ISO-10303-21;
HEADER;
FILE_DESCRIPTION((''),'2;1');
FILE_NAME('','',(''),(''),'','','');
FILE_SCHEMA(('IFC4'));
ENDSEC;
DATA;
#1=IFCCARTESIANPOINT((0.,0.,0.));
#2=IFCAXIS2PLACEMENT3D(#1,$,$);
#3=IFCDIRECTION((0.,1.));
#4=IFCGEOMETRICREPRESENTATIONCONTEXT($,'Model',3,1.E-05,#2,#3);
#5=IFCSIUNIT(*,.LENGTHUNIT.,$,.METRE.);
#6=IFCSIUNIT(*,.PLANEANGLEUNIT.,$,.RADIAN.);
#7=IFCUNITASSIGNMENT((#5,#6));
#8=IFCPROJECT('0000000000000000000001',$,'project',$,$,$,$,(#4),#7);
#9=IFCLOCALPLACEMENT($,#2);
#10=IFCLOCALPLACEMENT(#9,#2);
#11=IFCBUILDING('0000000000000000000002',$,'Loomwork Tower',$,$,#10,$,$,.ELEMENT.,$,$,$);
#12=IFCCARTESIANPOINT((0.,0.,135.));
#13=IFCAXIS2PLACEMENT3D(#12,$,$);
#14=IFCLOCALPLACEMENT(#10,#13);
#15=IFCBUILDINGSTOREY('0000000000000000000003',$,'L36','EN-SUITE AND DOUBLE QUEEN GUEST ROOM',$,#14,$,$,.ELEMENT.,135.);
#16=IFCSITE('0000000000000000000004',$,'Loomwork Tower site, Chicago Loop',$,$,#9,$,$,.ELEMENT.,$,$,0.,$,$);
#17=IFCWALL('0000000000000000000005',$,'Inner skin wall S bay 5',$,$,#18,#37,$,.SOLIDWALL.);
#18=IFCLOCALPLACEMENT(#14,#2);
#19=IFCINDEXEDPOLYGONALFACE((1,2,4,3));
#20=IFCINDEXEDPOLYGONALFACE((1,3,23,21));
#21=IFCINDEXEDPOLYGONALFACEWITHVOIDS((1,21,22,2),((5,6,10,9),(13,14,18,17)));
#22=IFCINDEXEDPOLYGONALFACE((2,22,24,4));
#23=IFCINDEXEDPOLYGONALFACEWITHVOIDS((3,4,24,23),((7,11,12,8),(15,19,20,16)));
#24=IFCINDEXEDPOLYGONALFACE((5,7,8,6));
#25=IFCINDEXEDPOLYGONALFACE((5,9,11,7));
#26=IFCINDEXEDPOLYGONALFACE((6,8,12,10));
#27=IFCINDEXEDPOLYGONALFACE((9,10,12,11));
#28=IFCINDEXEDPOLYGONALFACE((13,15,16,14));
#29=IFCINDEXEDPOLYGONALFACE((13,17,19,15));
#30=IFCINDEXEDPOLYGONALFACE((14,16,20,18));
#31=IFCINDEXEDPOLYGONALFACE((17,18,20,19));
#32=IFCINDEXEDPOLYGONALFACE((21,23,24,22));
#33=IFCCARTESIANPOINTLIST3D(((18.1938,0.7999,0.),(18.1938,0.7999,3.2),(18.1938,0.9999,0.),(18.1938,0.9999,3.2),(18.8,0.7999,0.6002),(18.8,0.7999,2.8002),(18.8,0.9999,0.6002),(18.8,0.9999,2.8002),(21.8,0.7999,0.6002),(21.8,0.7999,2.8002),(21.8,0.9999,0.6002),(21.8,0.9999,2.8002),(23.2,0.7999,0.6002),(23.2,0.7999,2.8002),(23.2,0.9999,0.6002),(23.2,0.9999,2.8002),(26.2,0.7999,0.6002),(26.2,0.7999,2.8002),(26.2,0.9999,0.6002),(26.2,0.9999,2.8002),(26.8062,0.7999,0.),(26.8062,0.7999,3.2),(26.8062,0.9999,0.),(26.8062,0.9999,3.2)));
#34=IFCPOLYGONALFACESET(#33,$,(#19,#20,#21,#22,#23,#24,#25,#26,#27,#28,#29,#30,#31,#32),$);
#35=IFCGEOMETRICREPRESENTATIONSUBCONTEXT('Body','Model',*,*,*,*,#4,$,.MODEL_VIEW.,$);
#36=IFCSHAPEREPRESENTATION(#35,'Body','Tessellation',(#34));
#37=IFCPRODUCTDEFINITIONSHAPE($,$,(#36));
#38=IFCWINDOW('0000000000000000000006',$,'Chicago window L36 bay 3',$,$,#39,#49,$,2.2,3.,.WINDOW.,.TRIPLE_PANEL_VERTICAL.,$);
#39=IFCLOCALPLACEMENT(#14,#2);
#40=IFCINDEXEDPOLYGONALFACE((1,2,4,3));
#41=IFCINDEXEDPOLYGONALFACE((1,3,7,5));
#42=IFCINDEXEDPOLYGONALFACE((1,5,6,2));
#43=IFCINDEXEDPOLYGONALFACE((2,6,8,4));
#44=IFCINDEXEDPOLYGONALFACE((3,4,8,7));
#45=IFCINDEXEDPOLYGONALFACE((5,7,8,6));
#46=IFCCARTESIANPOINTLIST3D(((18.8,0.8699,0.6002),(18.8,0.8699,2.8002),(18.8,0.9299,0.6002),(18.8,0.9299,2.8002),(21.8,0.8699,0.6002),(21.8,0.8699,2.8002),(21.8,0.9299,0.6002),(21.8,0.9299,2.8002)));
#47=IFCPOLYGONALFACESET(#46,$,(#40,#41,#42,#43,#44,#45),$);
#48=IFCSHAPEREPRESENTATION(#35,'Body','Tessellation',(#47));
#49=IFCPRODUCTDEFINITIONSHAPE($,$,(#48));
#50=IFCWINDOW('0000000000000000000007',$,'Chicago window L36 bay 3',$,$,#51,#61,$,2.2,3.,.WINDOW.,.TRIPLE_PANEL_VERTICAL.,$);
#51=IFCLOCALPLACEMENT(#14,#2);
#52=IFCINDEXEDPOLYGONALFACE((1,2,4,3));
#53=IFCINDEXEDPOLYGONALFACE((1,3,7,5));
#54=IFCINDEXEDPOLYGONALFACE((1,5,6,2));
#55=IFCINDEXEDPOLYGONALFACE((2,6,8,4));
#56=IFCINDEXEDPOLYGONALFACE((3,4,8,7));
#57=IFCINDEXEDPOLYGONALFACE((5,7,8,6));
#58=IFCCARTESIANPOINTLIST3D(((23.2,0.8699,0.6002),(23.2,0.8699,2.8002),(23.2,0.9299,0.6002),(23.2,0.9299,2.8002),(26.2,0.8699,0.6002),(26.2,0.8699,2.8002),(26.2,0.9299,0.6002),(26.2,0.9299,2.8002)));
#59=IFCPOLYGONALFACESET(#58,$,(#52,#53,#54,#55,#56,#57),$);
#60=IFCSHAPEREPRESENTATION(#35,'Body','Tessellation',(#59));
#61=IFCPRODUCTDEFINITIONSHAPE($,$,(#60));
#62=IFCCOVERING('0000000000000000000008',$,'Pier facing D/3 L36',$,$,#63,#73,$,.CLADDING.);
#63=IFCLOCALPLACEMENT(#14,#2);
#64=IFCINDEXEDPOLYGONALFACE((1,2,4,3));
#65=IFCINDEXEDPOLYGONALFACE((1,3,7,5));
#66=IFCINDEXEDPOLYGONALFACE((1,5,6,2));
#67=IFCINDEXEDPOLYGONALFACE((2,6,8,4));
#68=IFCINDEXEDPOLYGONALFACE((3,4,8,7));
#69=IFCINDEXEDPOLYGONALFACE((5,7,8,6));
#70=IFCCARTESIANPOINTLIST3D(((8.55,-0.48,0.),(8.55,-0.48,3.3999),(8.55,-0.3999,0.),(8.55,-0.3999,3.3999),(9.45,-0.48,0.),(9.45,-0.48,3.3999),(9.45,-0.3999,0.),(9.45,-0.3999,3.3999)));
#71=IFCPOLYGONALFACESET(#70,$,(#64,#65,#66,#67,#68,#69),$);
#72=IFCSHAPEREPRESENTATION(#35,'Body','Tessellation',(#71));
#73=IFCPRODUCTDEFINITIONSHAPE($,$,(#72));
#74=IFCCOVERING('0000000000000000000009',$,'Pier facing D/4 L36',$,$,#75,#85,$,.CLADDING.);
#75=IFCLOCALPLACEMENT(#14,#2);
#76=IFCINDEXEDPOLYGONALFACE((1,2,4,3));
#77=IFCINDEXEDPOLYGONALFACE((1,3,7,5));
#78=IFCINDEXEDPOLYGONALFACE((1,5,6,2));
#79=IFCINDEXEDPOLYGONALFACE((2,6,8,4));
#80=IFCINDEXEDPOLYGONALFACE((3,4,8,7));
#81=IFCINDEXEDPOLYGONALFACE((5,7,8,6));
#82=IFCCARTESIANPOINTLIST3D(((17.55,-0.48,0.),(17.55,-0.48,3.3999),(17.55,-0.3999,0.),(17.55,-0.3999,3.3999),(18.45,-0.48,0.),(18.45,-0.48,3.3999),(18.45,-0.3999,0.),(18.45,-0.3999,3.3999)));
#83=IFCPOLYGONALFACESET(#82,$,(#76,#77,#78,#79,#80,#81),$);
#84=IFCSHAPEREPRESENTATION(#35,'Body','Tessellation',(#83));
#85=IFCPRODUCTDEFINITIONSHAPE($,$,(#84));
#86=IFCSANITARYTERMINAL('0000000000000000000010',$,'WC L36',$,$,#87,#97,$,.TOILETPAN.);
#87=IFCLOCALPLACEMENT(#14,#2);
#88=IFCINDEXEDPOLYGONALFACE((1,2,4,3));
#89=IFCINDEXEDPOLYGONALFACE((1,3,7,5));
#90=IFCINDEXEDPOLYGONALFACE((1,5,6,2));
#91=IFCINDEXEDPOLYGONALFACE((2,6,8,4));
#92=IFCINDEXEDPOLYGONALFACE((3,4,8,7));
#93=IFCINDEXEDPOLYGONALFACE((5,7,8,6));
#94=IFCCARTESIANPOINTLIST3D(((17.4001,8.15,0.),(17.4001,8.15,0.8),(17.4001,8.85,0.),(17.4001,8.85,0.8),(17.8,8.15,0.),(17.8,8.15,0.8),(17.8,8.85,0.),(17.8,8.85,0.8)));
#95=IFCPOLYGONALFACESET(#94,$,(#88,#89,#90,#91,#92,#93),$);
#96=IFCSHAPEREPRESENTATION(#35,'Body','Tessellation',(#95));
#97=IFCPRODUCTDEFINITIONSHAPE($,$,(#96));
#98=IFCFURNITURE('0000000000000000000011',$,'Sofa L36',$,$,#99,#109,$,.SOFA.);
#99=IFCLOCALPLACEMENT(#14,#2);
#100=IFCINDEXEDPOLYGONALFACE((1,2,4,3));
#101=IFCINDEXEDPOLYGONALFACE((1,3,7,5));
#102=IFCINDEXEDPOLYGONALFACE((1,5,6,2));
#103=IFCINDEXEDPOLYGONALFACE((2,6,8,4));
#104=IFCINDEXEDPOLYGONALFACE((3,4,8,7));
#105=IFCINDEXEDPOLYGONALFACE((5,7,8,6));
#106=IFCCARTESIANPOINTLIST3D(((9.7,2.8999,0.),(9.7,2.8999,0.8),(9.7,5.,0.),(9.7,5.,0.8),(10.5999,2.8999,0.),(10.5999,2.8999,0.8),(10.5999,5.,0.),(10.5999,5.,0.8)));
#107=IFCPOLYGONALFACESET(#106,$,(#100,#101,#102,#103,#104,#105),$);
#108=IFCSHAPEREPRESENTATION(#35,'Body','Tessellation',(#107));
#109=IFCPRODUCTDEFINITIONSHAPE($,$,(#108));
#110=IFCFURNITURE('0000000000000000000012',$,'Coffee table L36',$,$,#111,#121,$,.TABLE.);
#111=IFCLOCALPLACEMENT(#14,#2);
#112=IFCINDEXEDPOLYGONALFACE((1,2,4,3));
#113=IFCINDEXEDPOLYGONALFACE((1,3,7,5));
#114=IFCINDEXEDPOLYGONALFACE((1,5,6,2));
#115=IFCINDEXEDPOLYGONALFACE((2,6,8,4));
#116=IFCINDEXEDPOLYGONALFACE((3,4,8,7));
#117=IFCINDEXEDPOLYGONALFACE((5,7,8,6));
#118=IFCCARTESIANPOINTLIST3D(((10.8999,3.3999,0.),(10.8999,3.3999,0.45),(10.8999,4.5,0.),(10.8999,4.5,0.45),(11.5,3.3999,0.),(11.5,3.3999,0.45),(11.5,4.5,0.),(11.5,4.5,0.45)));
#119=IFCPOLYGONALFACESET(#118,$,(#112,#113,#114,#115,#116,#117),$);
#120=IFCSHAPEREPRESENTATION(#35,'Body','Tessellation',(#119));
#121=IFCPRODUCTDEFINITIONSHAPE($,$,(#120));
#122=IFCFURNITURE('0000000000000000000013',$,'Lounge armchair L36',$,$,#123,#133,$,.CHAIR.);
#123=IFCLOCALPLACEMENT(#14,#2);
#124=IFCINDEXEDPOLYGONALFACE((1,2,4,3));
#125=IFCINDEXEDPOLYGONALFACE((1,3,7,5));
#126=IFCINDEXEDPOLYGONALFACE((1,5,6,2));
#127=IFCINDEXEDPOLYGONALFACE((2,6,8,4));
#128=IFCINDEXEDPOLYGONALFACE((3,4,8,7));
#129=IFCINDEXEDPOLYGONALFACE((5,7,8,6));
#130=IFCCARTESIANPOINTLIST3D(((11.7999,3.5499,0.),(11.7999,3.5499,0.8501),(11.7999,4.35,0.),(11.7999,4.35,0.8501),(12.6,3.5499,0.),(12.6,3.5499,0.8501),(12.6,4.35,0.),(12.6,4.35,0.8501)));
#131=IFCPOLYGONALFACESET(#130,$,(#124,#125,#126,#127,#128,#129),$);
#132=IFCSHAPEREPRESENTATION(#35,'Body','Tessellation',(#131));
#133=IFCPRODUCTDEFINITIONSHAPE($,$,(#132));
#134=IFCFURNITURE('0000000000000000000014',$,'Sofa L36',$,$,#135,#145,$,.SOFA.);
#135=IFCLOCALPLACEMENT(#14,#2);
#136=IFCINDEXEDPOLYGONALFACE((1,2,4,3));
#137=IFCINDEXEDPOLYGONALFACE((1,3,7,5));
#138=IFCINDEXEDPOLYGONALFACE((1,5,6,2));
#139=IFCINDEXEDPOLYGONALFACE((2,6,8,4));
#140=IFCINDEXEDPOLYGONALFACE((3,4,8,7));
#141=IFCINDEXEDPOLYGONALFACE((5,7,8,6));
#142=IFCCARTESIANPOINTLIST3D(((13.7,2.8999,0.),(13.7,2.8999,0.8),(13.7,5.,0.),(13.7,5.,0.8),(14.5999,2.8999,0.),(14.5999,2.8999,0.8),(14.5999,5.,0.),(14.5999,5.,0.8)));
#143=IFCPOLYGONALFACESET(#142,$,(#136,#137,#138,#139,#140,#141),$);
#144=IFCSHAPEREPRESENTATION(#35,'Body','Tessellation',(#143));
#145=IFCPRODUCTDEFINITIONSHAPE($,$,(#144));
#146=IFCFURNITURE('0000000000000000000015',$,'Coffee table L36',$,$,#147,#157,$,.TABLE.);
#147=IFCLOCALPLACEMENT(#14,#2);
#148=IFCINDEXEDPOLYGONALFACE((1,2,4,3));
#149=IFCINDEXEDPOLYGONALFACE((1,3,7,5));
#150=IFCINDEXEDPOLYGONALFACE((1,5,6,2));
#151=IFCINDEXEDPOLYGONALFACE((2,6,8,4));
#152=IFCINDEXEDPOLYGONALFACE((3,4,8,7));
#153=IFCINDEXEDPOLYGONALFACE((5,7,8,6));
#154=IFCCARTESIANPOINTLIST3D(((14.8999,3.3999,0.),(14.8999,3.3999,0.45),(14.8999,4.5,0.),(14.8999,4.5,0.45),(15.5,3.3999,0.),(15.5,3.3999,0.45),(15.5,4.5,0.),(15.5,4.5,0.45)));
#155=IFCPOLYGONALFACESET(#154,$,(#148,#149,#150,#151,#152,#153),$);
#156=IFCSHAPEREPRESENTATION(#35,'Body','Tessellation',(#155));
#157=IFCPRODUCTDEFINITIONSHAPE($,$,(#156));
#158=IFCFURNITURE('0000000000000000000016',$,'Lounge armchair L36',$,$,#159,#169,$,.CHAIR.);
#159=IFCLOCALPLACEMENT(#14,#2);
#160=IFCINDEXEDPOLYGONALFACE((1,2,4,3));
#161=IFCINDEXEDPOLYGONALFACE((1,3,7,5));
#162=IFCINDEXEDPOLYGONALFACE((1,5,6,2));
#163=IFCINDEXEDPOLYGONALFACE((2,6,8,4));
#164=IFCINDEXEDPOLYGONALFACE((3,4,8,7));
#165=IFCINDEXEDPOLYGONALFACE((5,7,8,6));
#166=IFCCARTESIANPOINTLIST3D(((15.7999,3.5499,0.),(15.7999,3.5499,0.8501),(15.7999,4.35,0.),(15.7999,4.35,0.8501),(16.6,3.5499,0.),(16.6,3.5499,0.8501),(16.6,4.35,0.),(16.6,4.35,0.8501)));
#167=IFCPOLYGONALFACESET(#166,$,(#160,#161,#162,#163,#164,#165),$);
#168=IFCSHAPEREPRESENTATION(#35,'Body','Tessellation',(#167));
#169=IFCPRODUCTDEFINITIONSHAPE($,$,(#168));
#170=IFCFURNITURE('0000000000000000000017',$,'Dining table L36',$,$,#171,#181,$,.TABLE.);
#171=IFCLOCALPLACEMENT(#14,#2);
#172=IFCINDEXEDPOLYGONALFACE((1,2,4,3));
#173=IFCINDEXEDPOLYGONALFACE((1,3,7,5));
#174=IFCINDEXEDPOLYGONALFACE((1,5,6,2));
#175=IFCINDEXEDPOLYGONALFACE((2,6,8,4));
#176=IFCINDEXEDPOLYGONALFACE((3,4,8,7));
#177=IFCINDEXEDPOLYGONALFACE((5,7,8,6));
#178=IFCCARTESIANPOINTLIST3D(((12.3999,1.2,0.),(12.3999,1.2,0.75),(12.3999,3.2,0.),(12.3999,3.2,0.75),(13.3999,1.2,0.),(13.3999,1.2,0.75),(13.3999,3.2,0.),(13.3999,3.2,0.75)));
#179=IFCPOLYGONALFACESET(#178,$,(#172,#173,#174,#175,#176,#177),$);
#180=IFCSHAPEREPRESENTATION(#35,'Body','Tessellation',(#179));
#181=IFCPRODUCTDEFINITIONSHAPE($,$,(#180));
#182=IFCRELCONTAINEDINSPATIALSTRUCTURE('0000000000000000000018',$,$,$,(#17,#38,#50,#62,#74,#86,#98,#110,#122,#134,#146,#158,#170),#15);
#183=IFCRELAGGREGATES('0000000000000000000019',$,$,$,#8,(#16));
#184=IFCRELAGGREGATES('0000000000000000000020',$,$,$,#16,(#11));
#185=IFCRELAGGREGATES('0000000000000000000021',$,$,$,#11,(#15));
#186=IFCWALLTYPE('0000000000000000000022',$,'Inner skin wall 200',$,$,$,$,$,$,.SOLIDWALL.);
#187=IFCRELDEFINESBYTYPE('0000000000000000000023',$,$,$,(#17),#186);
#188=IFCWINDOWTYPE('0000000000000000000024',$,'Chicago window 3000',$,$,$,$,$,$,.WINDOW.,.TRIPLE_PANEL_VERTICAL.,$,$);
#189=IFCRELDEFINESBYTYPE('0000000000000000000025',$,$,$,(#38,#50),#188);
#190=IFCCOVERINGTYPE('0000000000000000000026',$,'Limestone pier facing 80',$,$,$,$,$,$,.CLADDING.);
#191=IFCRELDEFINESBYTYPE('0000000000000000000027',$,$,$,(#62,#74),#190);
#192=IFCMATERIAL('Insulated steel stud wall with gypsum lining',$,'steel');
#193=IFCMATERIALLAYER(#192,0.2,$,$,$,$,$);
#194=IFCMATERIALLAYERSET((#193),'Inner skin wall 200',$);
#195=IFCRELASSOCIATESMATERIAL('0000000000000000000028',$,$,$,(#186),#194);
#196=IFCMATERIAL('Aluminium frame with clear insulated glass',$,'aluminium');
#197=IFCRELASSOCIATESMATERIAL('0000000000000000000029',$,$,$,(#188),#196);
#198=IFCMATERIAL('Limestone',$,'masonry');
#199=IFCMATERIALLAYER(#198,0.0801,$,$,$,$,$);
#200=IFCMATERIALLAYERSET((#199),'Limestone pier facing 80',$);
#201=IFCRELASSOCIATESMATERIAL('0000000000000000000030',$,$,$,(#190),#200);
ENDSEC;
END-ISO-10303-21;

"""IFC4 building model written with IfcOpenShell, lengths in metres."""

from ifc_helpers import new_model, si_unit, direction, frame, frame_2d, origin, origin_2d, place, context, subcontext, project, spatial, rectangle, extrude, material, layer, layer_set, type_object, element, fill, save


model = new_model("IFC4")

# Units and contexts
model_context = context("Model", 3, precision=1e-05, world=origin(), true_north=direction((0.0, 1.0)))
body_context = subcontext(model_context, "Body", "Model", "MODEL_VIEW")
ifc_project = project(units=[si_unit("LENGTHUNIT", "METRE"), si_unit("PLANEANGLEUNIT", "RADIAN")], contexts=[model_context])

# Site, building, storey
site_placement = place(None, origin())
site = spatial("IfcSite", under=ifc_project, at=site_placement, Name="Loomwork Tower site, Chicago Loop", CompositionType="ELEMENT", RefElevation=0.0)
building_placement = place(site_placement, origin())
building = spatial("IfcBuilding", under=site, at=building_placement, Name="Loomwork Tower", CompositionType="ELEMENT")
storey_placement = place(building_placement, frame((0.0, 0.0, 135.0)))
storey = spatial("IfcBuildingStorey", under=building, at=storey_placement, Name="L36", Description="EN-SUITE AND DOUBLE QUEEN GUEST ROOM", CompositionType="ELEMENT", Elevation=135.0)

# Shared definitions
ifc_material_1 = material(Name="Insulated steel stud wall with gypsum lining", Category="steel")
ifc_layer_1 = layer(ifc_material_1, 0.2)
ifc_layer_set_1 = layer_set([ifc_layer_1], Name="Inner skin wall 200")
wall_type_1 = type_object("IfcWallType", Name="Inner skin wall 200", PredefinedType="SOLIDWALL", material=ifc_layer_set_1)

# Shared definitions
ifc_material_2 = material(Name="Aluminium frame with clear insulated glass", Category="aluminium")
window_type = type_object("IfcWindowType", Name="Chicago window 3000", PartitioningType="TRIPLE_PANEL_VERTICAL", PredefinedType="WINDOW", material=ifc_material_2)

# Wall, openings, windows
wall_1_placement = place(storey_placement, frame((18.1938, 0.8999, 0.0), z_axis=(0.0, 0.0, 1.0), x_axis=(1.0, 0.0, 0.0)))
wall_1 = element("IfcWall", 1, at=wall_1_placement, inside=storey, type_object=wall_type_1, Name="Inner skin wall S bay 5", PredefinedType="SOLIDWALL", context=body_context, shape_type="SweptSolid", body=[
    extrude(rectangle(XDim=8.6123, YDim=0.2, at=frame_2d((4.3062, 0.0))), origin(), (0.0, 0.0, 1.0), 3.2),
])
opening_1_placement = place(wall_1_placement, frame((0.6062, 0.0, 0.6001)))
opening_1 = element("IfcOpeningElement", 2, at=opening_1_placement, cuts=wall_1, PredefinedType="OPENING", context=body_context, shape_type="SweptSolid", body=[
    extrude(rectangle(XDim=3.0, YDim=2.2, at=frame_2d((1.5, 1.1001))), frame((0.0, 0.1099, 0.0), z_axis=(0.0, -1.0, 0.0), x_axis=(1.0, 0.0, 0.0)), (0.0, 0.0, 1.0), 0.22),
])
opening_2_placement = place(wall_1_placement, frame((5.0061, 0.0, 0.6001)))
opening_2 = element("IfcOpeningElement", 3, at=opening_2_placement, cuts=wall_1, PredefinedType="OPENING", context=body_context, shape_type="SweptSolid", body=[
    extrude(rectangle(XDim=3.0, YDim=2.2, at=frame_2d((1.5, 1.1001))), frame((0.0, 0.1099, 0.0), z_axis=(0.0, -1.0, 0.0), x_axis=(1.0, 0.0, 0.0)), (0.0, 0.0, 1.0), 0.22),
])
window_1_placement = place(opening_1_placement, origin())
window_1 = element("IfcWindow", 4, at=window_1_placement, inside=storey, type_object=window_type, Name="Chicago window L36 bay 3", OverallHeight=2.2, OverallWidth=3.0, PartitioningType="TRIPLE_PANEL_VERTICAL", PredefinedType="WINDOW", context=body_context, shape_type="SweptSolid", body=[
    extrude(rectangle(XDim=3.0, YDim=2.2, at=frame_2d((1.5, 1.1001))), frame((0.0, 0.03, 0.0), z_axis=(0.0, -1.0, 0.0), x_axis=(1.0, 0.0, 0.0)), (0.0, 0.0, 1.0), 0.0601),
])
fill(opening_1, window_1)
window_2_placement = place(opening_2_placement, origin())
window_2 = element("IfcWindow", 5, at=window_2_placement, inside=storey, type_object=window_type, Name="Chicago window L36 bay 3", OverallHeight=2.2, OverallWidth=3.0, PartitioningType="TRIPLE_PANEL_VERTICAL", PredefinedType="WINDOW", context=body_context, shape_type="SweptSolid", body=[
    extrude(rectangle(XDim=3.0, YDim=2.2, at=frame_2d((1.5, 1.1001))), frame((0.0, 0.03, 0.0), z_axis=(0.0, -1.0, 0.0), x_axis=(1.0, 0.0, 0.0)), (0.0, 0.0, 1.0), 0.0601),
])
fill(opening_2, window_2)

# Coverings
ifc_material_3 = material(Name="Limestone", Category="masonry")
ifc_layer_2 = layer(ifc_material_3, 0.0801)
ifc_layer_set_2 = layer_set([ifc_layer_2], Name="Limestone pier facing 80")
covering_type = type_object("IfcCoveringType", Name="Limestone pier facing 80", PredefinedType="CLADDING", material=ifc_layer_set_2)
for number, where, z_axis, x_axis, name in (
    (6, (9.0, -0.4399, 0.0), (0.0, 0.0, 1.0), (1.0, 0.0, 0.0), "Pier facing D/3 L36"),
    (7, (18.0, -0.4399, 0.0), (0.0, 0.0, 1.0), (1.0, 0.0, 0.0), "Pier facing D/4 L36"),
):
    element("IfcCovering", number, at=place(storey_placement, frame(where, z_axis=z_axis, x_axis=x_axis)), inside=storey, type_object=covering_type, Name=name, PredefinedType="CLADDING", context=body_context, shape_type="SweptSolid", body=[
        extrude(rectangle(XDim=0.8999, YDim=0.0801, at=origin_2d()), origin(), (0.0, 0.0, 1.0), 3.3999),
    ])

# Sanitary terminal
sanitary_terminal_placement = place(storey_placement, frame((17.6001, 8.5, 0.0), z_axis=(0.0, 0.0, 1.0), x_axis=(1.0, 0.0, 0.0)))
element("IfcSanitaryTerminal", 8, at=sanitary_terminal_placement, inside=storey, Name="WC L36", PredefinedType="TOILETPAN", context=body_context, shape_type="SweptSolid", body=[
    extrude(rectangle(XDim=0.3999, YDim=0.7, at=origin_2d()), origin(), (0.0, 0.0, 1.0), 0.8),
])

# Furniture
furniture_1_placement = place(storey_placement, frame((10.1499, 3.95, 0.0), z_axis=(0.0, 0.0, 1.0), x_axis=(1.0, 0.0, 0.0)))
element("IfcFurniture", 9, at=furniture_1_placement, inside=storey, Name="Sofa L36", PredefinedType="SOFA", context=body_context, shape_type="SweptSolid", body=[
    extrude(rectangle(XDim=0.8999, YDim=2.1001, at=origin_2d()), origin(), (0.0, 0.0, 1.0), 0.8),
])
furniture_2_placement = place(storey_placement, frame((11.2, 3.95, 0.0), z_axis=(0.0, 0.0, 1.0), x_axis=(1.0, 0.0, 0.0)))
element("IfcFurniture", 10, at=furniture_2_placement, inside=storey, Name="Coffee table L36", PredefinedType="TABLE", context=body_context, shape_type="SweptSolid", body=[
    extrude(rectangle(XDim=0.6001, YDim=1.1001, at=origin_2d()), origin(), (0.0, 0.0, 1.0), 0.45),
])
furniture_3_placement = place(storey_placement, frame((12.2, 3.95, 0.0), z_axis=(0.0, 0.0, 1.0), x_axis=(1.0, 0.0, 0.0)))
element("IfcFurniture", 11, at=furniture_3_placement, inside=storey, Name="Lounge armchair L36", PredefinedType="CHAIR", context=body_context, shape_type="SweptSolid", body=[
    extrude(rectangle(XDim=0.8, YDim=0.8, at=origin_2d()), origin(), (0.0, 0.0, 1.0), 0.8501),
])
furniture_4_placement = place(storey_placement, frame((14.1499, 3.95, 0.0), z_axis=(0.0, 0.0, 1.0), x_axis=(1.0, 0.0, 0.0)))
element("IfcFurniture", 12, at=furniture_4_placement, inside=storey, Name="Sofa L36", PredefinedType="SOFA", context=body_context, shape_type="SweptSolid", body=[
    extrude(rectangle(XDim=0.8999, YDim=2.1001, at=origin_2d()), origin(), (0.0, 0.0, 1.0), 0.8),
])
furniture_5_placement = place(storey_placement, frame((15.2, 3.95, 0.0), z_axis=(0.0, 0.0, 1.0), x_axis=(1.0, 0.0, 0.0)))
element("IfcFurniture", 13, at=furniture_5_placement, inside=storey, Name="Coffee table L36", PredefinedType="TABLE", context=body_context, shape_type="SweptSolid", body=[
    extrude(rectangle(XDim=0.6001, YDim=1.1001, at=origin_2d()), origin(), (0.0, 0.0, 1.0), 0.45),
])
furniture_6_placement = place(storey_placement, frame((16.2, 3.95, 0.0), z_axis=(0.0, 0.0, 1.0), x_axis=(1.0, 0.0, 0.0)))
element("IfcFurniture", 14, at=furniture_6_placement, inside=storey, Name="Lounge armchair L36", PredefinedType="CHAIR", context=body_context, shape_type="SweptSolid", body=[
    extrude(rectangle(XDim=0.8, YDim=0.8, at=origin_2d()), origin(), (0.0, 0.0, 1.0), 0.8501),
])
furniture_7_placement = place(storey_placement, frame((12.8999, 2.2, 0.0), z_axis=(0.0, 0.0, 1.0), x_axis=(1.0, 0.0, 0.0)))
element("IfcFurniture", 15, at=furniture_7_placement, inside=storey, Name="Dining table L36", PredefinedType="TABLE", context=body_context, shape_type="SweptSolid", body=[
    extrude(rectangle(XDim=1.0, YDim=2.0, at=origin_2d()), origin(), (0.0, 0.0, 1.0), 0.75),
])

save(model, "model.ifc")
